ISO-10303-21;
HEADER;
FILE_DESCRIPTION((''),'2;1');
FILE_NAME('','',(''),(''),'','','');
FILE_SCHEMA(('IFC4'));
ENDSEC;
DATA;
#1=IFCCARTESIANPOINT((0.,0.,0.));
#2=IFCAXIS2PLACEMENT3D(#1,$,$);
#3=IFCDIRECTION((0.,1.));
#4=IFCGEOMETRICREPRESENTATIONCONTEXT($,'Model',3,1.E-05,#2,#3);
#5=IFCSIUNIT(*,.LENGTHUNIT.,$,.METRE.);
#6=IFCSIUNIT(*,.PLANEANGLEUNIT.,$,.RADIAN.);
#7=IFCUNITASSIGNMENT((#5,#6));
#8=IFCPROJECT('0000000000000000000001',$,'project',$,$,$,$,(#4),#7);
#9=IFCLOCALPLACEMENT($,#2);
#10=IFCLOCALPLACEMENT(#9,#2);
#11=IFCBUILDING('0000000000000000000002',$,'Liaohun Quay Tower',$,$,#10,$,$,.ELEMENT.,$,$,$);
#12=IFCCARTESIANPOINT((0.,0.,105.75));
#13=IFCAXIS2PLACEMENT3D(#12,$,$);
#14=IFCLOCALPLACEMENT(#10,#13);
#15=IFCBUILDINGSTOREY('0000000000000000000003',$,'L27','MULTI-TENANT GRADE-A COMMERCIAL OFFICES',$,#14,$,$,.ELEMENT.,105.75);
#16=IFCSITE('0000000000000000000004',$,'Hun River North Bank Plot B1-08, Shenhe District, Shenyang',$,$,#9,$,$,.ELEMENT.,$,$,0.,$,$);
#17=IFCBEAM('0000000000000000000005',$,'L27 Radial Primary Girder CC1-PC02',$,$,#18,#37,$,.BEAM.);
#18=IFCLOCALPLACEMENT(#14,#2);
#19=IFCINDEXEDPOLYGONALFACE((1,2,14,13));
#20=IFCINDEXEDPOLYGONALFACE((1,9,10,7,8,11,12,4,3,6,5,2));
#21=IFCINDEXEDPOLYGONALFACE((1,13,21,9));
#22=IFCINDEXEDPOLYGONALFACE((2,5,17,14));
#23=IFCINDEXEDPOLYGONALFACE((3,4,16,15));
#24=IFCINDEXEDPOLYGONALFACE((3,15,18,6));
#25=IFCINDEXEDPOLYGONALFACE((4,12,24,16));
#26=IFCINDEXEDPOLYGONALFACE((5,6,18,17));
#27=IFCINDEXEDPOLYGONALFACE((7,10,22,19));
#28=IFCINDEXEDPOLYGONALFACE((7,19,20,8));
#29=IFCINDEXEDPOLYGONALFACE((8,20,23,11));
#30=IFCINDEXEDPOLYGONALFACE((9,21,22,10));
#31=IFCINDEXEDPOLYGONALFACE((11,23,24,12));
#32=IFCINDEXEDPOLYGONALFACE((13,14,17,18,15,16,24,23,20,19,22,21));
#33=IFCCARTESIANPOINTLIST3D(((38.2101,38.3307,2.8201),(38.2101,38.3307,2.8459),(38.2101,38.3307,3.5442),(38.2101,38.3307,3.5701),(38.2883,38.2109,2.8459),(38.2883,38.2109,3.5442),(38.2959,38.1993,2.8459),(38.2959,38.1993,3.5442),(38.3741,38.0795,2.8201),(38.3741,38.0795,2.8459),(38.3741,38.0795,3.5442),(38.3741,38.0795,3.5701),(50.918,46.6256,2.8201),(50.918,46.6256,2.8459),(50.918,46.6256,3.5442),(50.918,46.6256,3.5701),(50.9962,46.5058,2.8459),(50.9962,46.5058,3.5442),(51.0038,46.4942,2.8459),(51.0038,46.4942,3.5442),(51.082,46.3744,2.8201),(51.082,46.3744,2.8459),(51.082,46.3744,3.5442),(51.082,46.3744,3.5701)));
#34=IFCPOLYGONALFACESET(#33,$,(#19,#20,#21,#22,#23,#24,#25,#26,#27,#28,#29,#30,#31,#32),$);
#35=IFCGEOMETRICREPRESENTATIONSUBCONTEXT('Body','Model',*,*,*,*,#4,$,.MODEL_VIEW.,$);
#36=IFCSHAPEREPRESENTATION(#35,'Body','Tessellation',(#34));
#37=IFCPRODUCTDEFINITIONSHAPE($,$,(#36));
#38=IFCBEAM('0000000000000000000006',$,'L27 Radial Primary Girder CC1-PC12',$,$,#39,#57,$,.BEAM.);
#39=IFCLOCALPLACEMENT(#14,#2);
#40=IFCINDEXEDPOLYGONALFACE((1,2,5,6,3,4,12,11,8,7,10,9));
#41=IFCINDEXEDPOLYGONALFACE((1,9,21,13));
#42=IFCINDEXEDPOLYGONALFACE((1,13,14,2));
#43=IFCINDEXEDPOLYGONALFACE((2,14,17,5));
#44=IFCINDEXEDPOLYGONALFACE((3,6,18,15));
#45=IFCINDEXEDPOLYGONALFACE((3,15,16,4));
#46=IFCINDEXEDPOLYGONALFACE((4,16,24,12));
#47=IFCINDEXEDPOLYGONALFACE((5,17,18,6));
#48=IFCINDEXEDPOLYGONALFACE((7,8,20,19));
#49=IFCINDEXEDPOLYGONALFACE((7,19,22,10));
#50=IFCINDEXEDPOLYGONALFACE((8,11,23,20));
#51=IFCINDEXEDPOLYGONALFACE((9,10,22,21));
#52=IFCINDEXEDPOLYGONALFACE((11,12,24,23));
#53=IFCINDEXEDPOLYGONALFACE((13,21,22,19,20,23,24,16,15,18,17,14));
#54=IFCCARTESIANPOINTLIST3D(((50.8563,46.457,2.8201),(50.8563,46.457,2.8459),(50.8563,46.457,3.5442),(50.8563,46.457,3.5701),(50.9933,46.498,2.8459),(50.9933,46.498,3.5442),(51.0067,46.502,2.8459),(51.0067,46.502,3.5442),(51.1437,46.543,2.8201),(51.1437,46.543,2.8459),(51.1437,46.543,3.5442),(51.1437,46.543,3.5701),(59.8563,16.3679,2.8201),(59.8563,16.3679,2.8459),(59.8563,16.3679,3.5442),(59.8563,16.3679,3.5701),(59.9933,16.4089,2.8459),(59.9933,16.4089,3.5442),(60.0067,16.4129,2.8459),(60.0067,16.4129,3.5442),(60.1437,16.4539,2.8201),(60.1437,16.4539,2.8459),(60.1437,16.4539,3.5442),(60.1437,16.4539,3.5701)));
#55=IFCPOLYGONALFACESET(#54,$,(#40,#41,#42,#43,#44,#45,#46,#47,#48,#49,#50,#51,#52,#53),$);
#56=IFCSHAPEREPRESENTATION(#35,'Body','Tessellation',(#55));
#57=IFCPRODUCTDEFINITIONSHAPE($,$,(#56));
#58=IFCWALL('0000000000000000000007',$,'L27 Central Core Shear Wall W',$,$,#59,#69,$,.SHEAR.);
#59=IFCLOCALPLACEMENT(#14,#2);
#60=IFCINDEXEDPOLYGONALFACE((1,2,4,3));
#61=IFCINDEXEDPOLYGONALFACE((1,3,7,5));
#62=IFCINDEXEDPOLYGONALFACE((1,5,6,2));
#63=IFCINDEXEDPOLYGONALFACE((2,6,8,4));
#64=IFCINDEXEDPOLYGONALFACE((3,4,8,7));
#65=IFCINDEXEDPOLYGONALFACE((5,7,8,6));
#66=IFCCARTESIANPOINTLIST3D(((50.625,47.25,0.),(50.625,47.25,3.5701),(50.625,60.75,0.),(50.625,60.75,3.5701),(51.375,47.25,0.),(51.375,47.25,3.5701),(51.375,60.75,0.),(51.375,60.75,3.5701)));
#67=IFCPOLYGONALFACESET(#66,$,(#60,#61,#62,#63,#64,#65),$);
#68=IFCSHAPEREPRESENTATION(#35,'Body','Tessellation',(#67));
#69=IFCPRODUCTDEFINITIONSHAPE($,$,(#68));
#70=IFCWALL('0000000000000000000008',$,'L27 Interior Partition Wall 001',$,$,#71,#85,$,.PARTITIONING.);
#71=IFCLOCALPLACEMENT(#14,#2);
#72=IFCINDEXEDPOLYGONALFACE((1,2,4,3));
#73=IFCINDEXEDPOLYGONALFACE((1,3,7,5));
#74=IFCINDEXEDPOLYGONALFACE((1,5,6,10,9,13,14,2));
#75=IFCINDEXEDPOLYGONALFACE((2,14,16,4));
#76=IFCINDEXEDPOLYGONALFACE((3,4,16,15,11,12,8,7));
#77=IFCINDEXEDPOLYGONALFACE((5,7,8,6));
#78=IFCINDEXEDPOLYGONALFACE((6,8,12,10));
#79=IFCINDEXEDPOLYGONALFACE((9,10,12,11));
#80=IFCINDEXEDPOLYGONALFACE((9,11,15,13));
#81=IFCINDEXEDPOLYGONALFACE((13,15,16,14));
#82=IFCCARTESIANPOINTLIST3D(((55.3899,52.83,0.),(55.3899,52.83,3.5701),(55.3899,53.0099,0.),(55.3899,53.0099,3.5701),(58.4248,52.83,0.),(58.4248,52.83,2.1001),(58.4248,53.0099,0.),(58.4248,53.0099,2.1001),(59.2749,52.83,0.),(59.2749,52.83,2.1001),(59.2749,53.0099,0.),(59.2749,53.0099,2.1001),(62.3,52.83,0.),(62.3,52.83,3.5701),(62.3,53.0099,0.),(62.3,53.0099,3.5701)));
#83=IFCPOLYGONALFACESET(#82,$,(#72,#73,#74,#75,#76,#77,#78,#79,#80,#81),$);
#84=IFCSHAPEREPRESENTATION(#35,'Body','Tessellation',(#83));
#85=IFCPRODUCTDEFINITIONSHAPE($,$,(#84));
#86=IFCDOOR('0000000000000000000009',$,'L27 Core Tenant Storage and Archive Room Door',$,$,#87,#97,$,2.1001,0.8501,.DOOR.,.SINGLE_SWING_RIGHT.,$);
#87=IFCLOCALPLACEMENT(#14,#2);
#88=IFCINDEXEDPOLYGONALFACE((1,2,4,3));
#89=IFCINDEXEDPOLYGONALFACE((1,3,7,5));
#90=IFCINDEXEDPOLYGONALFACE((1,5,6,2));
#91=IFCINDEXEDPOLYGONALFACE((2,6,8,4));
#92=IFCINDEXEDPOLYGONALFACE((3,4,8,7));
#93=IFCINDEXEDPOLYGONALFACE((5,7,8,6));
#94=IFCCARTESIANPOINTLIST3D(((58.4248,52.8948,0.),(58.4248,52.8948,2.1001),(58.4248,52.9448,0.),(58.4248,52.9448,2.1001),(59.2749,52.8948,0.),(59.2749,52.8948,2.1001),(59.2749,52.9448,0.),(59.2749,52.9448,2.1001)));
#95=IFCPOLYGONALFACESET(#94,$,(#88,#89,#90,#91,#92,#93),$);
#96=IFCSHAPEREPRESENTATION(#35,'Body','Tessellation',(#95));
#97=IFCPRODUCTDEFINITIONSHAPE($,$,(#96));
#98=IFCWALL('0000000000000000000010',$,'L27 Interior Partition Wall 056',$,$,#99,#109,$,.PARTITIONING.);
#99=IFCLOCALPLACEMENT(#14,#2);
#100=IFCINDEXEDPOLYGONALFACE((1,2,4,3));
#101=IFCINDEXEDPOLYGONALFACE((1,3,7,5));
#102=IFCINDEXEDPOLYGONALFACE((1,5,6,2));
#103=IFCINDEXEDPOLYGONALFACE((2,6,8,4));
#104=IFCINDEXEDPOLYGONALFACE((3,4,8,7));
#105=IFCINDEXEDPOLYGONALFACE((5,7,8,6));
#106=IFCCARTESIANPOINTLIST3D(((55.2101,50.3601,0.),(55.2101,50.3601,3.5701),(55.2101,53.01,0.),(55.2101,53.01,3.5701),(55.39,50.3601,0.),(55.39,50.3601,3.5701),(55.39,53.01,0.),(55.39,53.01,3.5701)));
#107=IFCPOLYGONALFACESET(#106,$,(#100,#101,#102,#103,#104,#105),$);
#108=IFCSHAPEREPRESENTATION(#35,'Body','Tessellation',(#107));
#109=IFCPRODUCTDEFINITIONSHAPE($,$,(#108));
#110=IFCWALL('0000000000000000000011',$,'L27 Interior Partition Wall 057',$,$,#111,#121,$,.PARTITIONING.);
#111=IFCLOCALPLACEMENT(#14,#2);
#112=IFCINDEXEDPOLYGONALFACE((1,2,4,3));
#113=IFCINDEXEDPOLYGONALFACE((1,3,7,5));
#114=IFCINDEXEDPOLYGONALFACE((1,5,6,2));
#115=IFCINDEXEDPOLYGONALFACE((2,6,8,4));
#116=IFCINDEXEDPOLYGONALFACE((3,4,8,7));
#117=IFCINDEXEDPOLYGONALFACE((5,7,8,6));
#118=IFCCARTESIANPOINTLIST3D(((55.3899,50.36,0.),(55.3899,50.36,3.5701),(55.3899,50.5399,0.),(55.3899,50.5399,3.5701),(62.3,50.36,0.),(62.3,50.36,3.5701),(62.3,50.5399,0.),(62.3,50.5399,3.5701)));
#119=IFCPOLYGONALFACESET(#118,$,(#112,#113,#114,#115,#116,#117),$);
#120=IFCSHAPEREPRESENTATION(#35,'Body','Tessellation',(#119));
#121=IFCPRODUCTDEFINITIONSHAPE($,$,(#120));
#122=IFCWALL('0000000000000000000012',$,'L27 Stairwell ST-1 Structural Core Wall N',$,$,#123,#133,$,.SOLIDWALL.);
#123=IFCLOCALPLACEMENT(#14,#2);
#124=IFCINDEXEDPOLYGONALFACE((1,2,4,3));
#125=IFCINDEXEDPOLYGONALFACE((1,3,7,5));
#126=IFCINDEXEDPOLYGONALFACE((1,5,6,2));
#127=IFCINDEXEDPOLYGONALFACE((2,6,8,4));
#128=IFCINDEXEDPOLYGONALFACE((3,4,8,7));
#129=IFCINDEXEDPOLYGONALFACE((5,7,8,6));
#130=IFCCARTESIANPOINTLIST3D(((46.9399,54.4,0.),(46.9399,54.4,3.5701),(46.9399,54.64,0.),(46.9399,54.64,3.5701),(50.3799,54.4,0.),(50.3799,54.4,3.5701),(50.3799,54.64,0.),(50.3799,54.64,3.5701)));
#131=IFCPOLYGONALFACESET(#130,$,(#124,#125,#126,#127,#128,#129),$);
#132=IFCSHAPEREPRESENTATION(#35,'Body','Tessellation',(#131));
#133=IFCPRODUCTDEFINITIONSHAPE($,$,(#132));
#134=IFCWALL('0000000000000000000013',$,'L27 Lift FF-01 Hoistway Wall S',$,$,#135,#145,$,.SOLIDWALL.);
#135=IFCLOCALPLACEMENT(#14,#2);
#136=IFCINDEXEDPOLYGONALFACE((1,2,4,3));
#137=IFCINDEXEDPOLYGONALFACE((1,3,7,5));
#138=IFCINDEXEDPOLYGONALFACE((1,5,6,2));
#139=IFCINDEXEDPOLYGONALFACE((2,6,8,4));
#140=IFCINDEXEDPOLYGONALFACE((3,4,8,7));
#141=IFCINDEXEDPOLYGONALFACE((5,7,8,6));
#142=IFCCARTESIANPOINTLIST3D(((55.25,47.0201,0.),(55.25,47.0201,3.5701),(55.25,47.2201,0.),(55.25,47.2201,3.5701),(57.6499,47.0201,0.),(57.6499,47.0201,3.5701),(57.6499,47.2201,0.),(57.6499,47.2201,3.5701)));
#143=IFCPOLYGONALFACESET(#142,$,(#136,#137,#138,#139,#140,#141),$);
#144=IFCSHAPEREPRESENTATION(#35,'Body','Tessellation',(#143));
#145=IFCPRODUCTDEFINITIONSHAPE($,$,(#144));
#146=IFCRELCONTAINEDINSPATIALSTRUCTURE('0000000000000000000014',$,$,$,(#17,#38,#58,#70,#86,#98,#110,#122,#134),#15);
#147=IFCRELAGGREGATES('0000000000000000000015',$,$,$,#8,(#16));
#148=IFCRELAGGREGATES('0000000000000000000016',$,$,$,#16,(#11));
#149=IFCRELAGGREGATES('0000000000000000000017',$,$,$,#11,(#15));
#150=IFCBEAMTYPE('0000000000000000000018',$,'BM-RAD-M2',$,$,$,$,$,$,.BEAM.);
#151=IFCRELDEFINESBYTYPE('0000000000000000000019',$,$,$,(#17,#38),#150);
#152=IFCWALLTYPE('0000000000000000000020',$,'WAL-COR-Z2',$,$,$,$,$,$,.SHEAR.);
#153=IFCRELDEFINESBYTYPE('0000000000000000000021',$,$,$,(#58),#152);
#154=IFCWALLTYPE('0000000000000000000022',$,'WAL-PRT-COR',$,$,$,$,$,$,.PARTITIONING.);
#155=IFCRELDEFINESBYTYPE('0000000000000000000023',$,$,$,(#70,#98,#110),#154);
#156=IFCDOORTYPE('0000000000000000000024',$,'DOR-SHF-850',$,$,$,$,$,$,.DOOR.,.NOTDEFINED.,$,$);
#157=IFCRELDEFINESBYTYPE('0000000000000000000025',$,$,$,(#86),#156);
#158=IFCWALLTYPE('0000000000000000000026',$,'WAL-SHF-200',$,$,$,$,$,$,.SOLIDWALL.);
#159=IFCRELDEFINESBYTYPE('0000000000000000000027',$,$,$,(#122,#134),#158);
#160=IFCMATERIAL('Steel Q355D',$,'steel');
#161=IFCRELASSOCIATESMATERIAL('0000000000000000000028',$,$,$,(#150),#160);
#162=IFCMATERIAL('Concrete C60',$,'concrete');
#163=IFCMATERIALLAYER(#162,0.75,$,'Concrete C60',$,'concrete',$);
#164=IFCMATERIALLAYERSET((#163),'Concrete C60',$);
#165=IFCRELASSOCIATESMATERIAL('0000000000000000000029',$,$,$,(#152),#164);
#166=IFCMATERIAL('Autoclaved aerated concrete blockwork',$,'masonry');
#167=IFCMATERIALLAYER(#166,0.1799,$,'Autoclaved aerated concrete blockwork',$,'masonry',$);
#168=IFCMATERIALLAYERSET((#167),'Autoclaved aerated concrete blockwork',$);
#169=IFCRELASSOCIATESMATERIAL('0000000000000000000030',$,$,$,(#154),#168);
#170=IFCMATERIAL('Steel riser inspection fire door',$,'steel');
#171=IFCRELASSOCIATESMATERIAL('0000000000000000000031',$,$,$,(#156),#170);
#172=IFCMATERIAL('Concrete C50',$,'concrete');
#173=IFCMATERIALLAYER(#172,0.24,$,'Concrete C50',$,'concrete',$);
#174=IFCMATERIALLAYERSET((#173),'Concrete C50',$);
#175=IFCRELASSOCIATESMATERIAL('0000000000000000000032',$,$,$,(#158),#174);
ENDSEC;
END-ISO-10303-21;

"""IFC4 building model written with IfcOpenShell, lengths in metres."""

from ifc_helpers import new_model, si_unit, direction, frame, frame_2d, origin, origin_2d, place, context, subcontext, project, spatial, rectangle, i_section, extrude, source, transform, mapped, material, layer, layer_set, material_profile, profile_set, type_object, element, fill, save


model = new_model("IFC4")

# Units and contexts
model_context = context("Model", 3, precision=1e-05, world=origin(), true_north=direction((0.0, 1.0)))
body_context = subcontext(model_context, "Body", "Model", "MODEL_VIEW")
ifc_project = project(units=[si_unit("LENGTHUNIT", "METRE"), si_unit("PLANEANGLEUNIT", "RADIAN")], contexts=[model_context])

# Site, building, storey
site_placement = place(None, origin())
site = spatial("IfcSite", under=ifc_project, at=site_placement, Name="Hun River North Bank Plot B1-08, Shenhe District, Shenyang", CompositionType="ELEMENT", RefElevation=0.0)
building_placement = place(site_placement, origin())
building = spatial("IfcBuilding", under=site, at=building_placement, Name="Liaohun Quay Tower", CompositionType="ELEMENT")
storey_placement = place(building_placement, frame((0.0, 0.0, 105.75)))
storey = spatial("IfcBuildingStorey", under=building, at=storey_placement, Name="L27", Description="MULTI-TENANT GRADE-A COMMERCIAL OFFICES", CompositionType="ELEMENT", Elevation=105.75)

# Beams
ifc_material_1 = material(Name="Steel Q355D", Category="steel")
ifc_material_profile = material_profile(ifc_material_1, i_section(OverallWidth=0.3, OverallDepth=0.75, WebThickness=0.0139, FlangeThickness=0.0259, at=origin_2d()), Name="HN750x300x14x26")
ifc_profile_set = profile_set([ifc_material_profile], Name="Steel Q355D")
beam_type = type_object("IfcBeamType", Name="BM-RAD-M2", PredefinedType="BEAM", material=ifc_profile_set)
shared_shape_1 = source(origin(), body_context, "Body", "SweptSolid", [
    extrude(i_section(OverallWidth=0.3, OverallDepth=0.75, WebThickness=0.0139, FlangeThickness=0.0259, at=origin_2d()), origin(), (0.0, 0.0, 1.0), 15.1755),
])
beam_1_placement = place(storey_placement, frame((51.0, 46.5, 3.1951), z_axis=(-0.837397, -0.546596, 0.0), x_axis=(0.546596, -0.837397, 0.0)))
element("IfcBeam", 1, at=beam_1_placement, inside=storey, type_object=beam_type, Name="L27 Radial Primary Girder CC1-PC02", PredefinedType="BEAM", context=body_context, shape_type="MappedRepresentation", body=[
    mapped(shared_shape_1, transform((0.0, 0.0, 0.0), x_axis=(1.0, 0.0, 0.0), y_axis=(0.0, 1.0, 0.0), z_axis=(0.0, 0.0, 1.0), scale=1.0)),
])
shared_shape_2 = source(origin(), body_context, "Body", "SweptSolid", [
    extrude(i_section(OverallWidth=0.3, OverallDepth=0.75, WebThickness=0.0139, FlangeThickness=0.0259, at=origin_2d()), origin(), (0.0, 0.0, 1.0), 31.4062),
])
beam_2_placement = place(storey_placement, frame((51.0, 46.5, 3.1951), z_axis=(0.286567, -0.95806, 0.0), x_axis=(0.95806, 0.286567, 0.0)))
element("IfcBeam", 2, at=beam_2_placement, inside=storey, type_object=beam_type, Name="L27 Radial Primary Girder CC1-PC12", PredefinedType="BEAM", context=body_context, shape_type="MappedRepresentation", body=[
    mapped(shared_shape_2, transform((0.0, 0.0, 0.0), x_axis=(1.0, 0.0, 0.0), y_axis=(0.0, 1.0, 0.0), z_axis=(0.0, 0.0, 1.0), scale=1.0)),
])

# Wall
ifc_material_2 = material(Name="Concrete C60", Category="concrete")
ifc_layer_1 = layer(ifc_material_2, 0.75, Name="Concrete C60", Category="concrete")
ifc_layer_set_1 = layer_set([ifc_layer_1], Name="Concrete C60")
wall_type_1 = type_object("IfcWallType", Name="WAL-COR-Z2", PredefinedType="SHEAR", material=ifc_layer_set_1)
wall_1_placement = place(storey_placement, frame((51.0, 47.25, 0.0), z_axis=(0.0, 0.0, 1.0), x_axis=(0.0, 1.0, 0.0)))
element("IfcWall", 3, at=wall_1_placement, inside=storey, type_object=wall_type_1, Name="L27 Central Core Shear Wall W", PredefinedType="SHEAR", context=body_context, shape_type="SweptSolid", body=[
    extrude(rectangle(XDim=13.5, YDim=0.75, at=frame_2d((6.75, 0.0))), origin(), (0.0, 0.0, 1.0), 3.5701),
])

# Wall, opening, door
ifc_material_3 = material(Name="Autoclaved aerated concrete blockwork", Category="masonry")
ifc_layer_2 = layer(ifc_material_3, 0.1799, Name="Autoclaved aerated concrete blockwork", Category="masonry")
ifc_layer_set_2 = layer_set([ifc_layer_2], Name="Autoclaved aerated concrete blockwork")
wall_type_2 = type_object("IfcWallType", Name="WAL-PRT-COR", PredefinedType="PARTITIONING", material=ifc_layer_set_2)
wall_2_placement = place(storey_placement, frame((55.3899, 52.9199, 0.0), z_axis=(0.0, 0.0, 1.0), x_axis=(1.0, 0.0, 0.0)))
wall_2 = element("IfcWall", 4, at=wall_2_placement, inside=storey, type_object=wall_type_2, Name="L27 Interior Partition Wall 001", PredefinedType="PARTITIONING", context=body_context, shape_type="SweptSolid", body=[
    extrude(rectangle(XDim=6.9102, YDim=0.1799, at=frame_2d((3.4551, 0.0))), origin(), (0.0, 0.0, 1.0), 3.5701),
])
shared_shape_3 = source(origin(), body_context, "Body", "SweptSolid", [
    extrude(rectangle(XDim=0.8501, YDim=2.1001, at=frame_2d((0.425, 1.05))), frame((0.0, 0.0999, 0.0), z_axis=(0.0, -1.0, 0.0), x_axis=(1.0, 0.0, 0.0)), (0.0, 0.0, 1.0), 0.2),
])
opening_1_placement = place(wall_2_placement, frame((3.0349, 0.0, 0.0)))
opening_1 = element("IfcOpeningElement", 5, at=opening_1_placement, cuts=wall_2, PredefinedType="OPENING", context=body_context, shape_type="MappedRepresentation", body=[
    mapped(shared_shape_3, transform((0.0, 0.0, 0.0), x_axis=(1.0, 0.0, 0.0), y_axis=(0.0, 1.0, 0.0), z_axis=(0.0, 0.0, 1.0), scale=1.0)),
])
ifc_material_4 = material(Name="Steel riser inspection fire door", Category="steel")
door_type_1 = type_object("IfcDoorType", Name="DOR-SHF-850", OperationType="NOTDEFINED", PredefinedType="DOOR", material=ifc_material_4)
shared_shape_4 = source(origin(), body_context, "Body", "SweptSolid", [
    extrude(rectangle(XDim=0.8501, YDim=2.1001, at=frame_2d((0.425, 1.05))), frame((0.0, 0.0249, 0.0), z_axis=(0.0, -1.0, 0.0), x_axis=(1.0, 0.0, 0.0)), (0.0, 0.0, 1.0), 0.05),
])
door_1_placement = place(opening_1_placement, origin())
door_1 = element("IfcDoor", 6, at=door_1_placement, inside=storey, type_object=door_type_1, Name="L27 Core Tenant Storage and Archive Room Door", OperationType="SINGLE_SWING_RIGHT", OverallHeight=2.1001, OverallWidth=0.8501, PredefinedType="DOOR", context=body_context, shape_type="MappedRepresentation", body=[
    mapped(shared_shape_4, transform((0.0, 0.0, 0.0), x_axis=(1.0, 0.0, 0.0), y_axis=(0.0, 1.0, 0.0), z_axis=(0.0, 0.0, 1.0), scale=1.0)),
])
fill(opening_1, door_1)

# Walls
wall_3_placement = place(storey_placement, frame((55.3, 50.3601, 0.0), z_axis=(0.0, 0.0, 1.0), x_axis=(0.0, 1.0, 0.0)))
element("IfcWall", 7, at=wall_3_placement, inside=storey, type_object=wall_type_2, Name="L27 Interior Partition Wall 056", PredefinedType="PARTITIONING", context=body_context, shape_type="SweptSolid", body=[
    extrude(rectangle(XDim=2.6499, YDim=0.1799, at=frame_2d((1.325, 0.0))), origin(), (0.0, 0.0, 1.0), 3.5701),
])
wall_4_placement = place(storey_placement, frame((55.3899, 50.45, 0.0), z_axis=(0.0, 0.0, 1.0), x_axis=(1.0, 0.0, 0.0)))
element("IfcWall", 8, at=wall_4_placement, inside=storey, type_object=wall_type_2, Name="L27 Interior Partition Wall 057", PredefinedType="PARTITIONING", context=body_context, shape_type="SweptSolid", body=[
    extrude(rectangle(XDim=6.9102, YDim=0.1799, at=frame_2d((3.4551, 0.0))), origin(), (0.0, 0.0, 1.0), 3.5701),
])
ifc_material_5 = material(Name="Concrete C50", Category="concrete")
ifc_layer_3 = layer(ifc_material_5, 0.24, Name="Concrete C50", Category="concrete")
ifc_layer_set_3 = layer_set([ifc_layer_3], Name="Concrete C50")
wall_type_3 = type_object("IfcWallType", Name="WAL-SHF-200", PredefinedType="SOLIDWALL", material=ifc_layer_set_3)
wall_5_placement = place(storey_placement, frame((50.3799, 54.52, 0.0), z_axis=(0.0, 0.0, 1.0), x_axis=(-1.0, 0.0, 0.0)))
element("IfcWall", 9, at=wall_5_placement, inside=storey, type_object=wall_type_3, Name="L27 Stairwell ST-1 Structural Core Wall N", PredefinedType="SOLIDWALL", context=body_context, shape_type="SweptSolid", body=[
    extrude(rectangle(XDim=3.4399, YDim=0.24, at=frame_2d((1.72, 0.0))), origin(), (0.0, 0.0, 1.0), 3.5701),
])
wall_6_placement = place(storey_placement, frame((55.25, 47.1201, 0.0), z_axis=(0.0, 0.0, 1.0), x_axis=(1.0, 0.0, 0.0)))
element("IfcWall", 10, at=wall_6_placement, inside=storey, type_object=wall_type_3, Name="L27 Lift FF-01 Hoistway Wall S", PredefinedType="SOLIDWALL", context=body_context, shape_type="SweptSolid", body=[
    extrude(rectangle(XDim=2.3999, YDim=0.2, at=frame_2d((1.2, 0.0))), origin(), (0.0, 0.0, 1.0), 3.5701),
])

save(model, "model.ifc")
